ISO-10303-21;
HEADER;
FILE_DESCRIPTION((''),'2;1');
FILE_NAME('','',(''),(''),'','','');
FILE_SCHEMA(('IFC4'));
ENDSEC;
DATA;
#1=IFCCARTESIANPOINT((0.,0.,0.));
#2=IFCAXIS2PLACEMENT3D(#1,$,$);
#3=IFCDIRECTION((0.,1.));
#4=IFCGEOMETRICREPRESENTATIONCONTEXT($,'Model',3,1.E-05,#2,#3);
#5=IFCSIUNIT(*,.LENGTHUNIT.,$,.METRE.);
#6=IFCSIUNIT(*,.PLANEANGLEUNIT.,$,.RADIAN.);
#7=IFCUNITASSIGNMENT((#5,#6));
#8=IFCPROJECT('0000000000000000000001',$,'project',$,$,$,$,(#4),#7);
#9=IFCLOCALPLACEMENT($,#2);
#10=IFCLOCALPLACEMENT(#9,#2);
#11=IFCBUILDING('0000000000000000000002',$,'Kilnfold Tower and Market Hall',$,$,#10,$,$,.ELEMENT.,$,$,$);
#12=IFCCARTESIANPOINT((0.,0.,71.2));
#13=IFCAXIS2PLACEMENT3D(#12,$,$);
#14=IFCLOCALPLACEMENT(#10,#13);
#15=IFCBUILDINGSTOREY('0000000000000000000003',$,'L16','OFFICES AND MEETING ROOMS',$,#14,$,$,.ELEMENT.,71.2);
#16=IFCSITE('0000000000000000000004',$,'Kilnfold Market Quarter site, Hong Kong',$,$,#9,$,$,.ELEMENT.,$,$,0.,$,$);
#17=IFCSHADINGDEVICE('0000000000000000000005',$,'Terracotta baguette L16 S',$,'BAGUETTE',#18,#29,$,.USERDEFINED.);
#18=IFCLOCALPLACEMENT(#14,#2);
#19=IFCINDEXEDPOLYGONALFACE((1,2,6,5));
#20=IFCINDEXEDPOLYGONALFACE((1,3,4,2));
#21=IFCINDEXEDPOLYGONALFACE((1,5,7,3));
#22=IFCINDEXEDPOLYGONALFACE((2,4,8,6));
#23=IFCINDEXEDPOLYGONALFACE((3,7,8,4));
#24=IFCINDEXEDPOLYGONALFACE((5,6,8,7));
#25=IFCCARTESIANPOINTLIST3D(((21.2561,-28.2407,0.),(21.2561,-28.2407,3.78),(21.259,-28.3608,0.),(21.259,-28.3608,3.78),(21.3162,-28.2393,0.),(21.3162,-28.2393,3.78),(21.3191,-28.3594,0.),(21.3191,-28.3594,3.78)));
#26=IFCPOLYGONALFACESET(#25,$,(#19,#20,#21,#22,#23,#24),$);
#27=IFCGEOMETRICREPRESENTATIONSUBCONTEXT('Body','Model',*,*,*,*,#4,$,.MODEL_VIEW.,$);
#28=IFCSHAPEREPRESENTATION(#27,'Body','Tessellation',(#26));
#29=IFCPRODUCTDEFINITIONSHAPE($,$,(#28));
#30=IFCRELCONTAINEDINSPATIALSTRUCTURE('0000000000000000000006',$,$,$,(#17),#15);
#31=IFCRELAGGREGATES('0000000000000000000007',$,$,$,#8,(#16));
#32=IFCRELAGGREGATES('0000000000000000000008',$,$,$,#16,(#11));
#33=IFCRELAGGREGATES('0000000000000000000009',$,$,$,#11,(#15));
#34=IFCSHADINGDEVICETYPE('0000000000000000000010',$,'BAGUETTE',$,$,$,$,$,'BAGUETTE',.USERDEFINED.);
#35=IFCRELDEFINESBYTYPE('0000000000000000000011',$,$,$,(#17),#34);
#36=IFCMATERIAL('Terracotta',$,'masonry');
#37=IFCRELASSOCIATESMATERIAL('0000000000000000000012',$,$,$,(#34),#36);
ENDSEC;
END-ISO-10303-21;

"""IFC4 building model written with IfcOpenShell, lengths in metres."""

from ifc_helpers import new_model, si_unit, direction, frame, origin, origin_2d, place, context, subcontext, project, spatial, rectangle, extrude, source, transform, mapped, material, material_profile, profile_set, type_object, element, save


model = new_model("IFC4")

# Units and contexts
model_context = context("Model", 3, precision=1e-05, world=origin(), true_north=direction((0.0, 1.0)))
body_context = subcontext(model_context, "Body", "Model", "MODEL_VIEW")
ifc_project = project(units=[si_unit("LENGTHUNIT", "METRE"), si_unit("PLANEANGLEUNIT", "RADIAN")], contexts=[model_context])

# Site, building, storey
site_placement = place(None, origin())
site = spatial("IfcSite", under=ifc_project, at=site_placement, Name="Kilnfold Market Quarter site, Hong Kong", CompositionType="ELEMENT", RefElevation=0.0)
building_placement = place(site_placement, origin())
building = spatial("IfcBuilding", under=site, at=building_placement, Name="Kilnfold Tower and Market Hall", CompositionType="ELEMENT")
storey_placement = place(building_placement, frame((0.0, 0.0, 71.2)))
storey = spatial("IfcBuildingStorey", under=building, at=storey_placement, Name="L16", Description="OFFICES AND MEETING ROOMS", CompositionType="ELEMENT", Elevation=71.2)

# Shading device
ifc_material_1 = material(Name="Terracotta", Category="masonry")
ifc_material_profile_1 = material_profile(ifc_material_1, rectangle(XDim=0.0601, YDim=0.1201, at=origin_2d()), Name="BAG 60x120")
ifc_profile_set_1 = profile_set([ifc_material_profile_1], Name="Terracotta")
shading_device_type = type_object("IfcShadingDeviceType", Name="BAGUETTE", ElementType="BAGUETTE", PredefinedType="USERDEFINED", material=ifc_profile_set_1)
shared_shape_1 = source(origin(), body_context, "Body", "SweptSolid", [
    extrude(rectangle(XDim=0.0601, YDim=0.1201, at=origin_2d()), origin(), (0.0, 0.0, 1.0), 3.78),
])
for number, where, z_axis, x_axis, name in (
    (1, (21.2876, -28.3, 0.0), (0.0, 0.0, 1.0), (0.999714, 0.02391, 0.0), "Terracotta baguette L16 S"),
):
    element("IfcShadingDevice", number, at=place(storey_placement, frame(where, z_axis=z_axis, x_axis=x_axis)), inside=storey, type_object=shading_device_type, Name=name, ObjectType="BAGUETTE", PredefinedType="USERDEFINED", context=body_context, shape_type="MappedRepresentation", body=[
        mapped(shared_shape_1, transform((0.0, 0.0, 0.0))),
    ])

save(model, "model.ifc")
